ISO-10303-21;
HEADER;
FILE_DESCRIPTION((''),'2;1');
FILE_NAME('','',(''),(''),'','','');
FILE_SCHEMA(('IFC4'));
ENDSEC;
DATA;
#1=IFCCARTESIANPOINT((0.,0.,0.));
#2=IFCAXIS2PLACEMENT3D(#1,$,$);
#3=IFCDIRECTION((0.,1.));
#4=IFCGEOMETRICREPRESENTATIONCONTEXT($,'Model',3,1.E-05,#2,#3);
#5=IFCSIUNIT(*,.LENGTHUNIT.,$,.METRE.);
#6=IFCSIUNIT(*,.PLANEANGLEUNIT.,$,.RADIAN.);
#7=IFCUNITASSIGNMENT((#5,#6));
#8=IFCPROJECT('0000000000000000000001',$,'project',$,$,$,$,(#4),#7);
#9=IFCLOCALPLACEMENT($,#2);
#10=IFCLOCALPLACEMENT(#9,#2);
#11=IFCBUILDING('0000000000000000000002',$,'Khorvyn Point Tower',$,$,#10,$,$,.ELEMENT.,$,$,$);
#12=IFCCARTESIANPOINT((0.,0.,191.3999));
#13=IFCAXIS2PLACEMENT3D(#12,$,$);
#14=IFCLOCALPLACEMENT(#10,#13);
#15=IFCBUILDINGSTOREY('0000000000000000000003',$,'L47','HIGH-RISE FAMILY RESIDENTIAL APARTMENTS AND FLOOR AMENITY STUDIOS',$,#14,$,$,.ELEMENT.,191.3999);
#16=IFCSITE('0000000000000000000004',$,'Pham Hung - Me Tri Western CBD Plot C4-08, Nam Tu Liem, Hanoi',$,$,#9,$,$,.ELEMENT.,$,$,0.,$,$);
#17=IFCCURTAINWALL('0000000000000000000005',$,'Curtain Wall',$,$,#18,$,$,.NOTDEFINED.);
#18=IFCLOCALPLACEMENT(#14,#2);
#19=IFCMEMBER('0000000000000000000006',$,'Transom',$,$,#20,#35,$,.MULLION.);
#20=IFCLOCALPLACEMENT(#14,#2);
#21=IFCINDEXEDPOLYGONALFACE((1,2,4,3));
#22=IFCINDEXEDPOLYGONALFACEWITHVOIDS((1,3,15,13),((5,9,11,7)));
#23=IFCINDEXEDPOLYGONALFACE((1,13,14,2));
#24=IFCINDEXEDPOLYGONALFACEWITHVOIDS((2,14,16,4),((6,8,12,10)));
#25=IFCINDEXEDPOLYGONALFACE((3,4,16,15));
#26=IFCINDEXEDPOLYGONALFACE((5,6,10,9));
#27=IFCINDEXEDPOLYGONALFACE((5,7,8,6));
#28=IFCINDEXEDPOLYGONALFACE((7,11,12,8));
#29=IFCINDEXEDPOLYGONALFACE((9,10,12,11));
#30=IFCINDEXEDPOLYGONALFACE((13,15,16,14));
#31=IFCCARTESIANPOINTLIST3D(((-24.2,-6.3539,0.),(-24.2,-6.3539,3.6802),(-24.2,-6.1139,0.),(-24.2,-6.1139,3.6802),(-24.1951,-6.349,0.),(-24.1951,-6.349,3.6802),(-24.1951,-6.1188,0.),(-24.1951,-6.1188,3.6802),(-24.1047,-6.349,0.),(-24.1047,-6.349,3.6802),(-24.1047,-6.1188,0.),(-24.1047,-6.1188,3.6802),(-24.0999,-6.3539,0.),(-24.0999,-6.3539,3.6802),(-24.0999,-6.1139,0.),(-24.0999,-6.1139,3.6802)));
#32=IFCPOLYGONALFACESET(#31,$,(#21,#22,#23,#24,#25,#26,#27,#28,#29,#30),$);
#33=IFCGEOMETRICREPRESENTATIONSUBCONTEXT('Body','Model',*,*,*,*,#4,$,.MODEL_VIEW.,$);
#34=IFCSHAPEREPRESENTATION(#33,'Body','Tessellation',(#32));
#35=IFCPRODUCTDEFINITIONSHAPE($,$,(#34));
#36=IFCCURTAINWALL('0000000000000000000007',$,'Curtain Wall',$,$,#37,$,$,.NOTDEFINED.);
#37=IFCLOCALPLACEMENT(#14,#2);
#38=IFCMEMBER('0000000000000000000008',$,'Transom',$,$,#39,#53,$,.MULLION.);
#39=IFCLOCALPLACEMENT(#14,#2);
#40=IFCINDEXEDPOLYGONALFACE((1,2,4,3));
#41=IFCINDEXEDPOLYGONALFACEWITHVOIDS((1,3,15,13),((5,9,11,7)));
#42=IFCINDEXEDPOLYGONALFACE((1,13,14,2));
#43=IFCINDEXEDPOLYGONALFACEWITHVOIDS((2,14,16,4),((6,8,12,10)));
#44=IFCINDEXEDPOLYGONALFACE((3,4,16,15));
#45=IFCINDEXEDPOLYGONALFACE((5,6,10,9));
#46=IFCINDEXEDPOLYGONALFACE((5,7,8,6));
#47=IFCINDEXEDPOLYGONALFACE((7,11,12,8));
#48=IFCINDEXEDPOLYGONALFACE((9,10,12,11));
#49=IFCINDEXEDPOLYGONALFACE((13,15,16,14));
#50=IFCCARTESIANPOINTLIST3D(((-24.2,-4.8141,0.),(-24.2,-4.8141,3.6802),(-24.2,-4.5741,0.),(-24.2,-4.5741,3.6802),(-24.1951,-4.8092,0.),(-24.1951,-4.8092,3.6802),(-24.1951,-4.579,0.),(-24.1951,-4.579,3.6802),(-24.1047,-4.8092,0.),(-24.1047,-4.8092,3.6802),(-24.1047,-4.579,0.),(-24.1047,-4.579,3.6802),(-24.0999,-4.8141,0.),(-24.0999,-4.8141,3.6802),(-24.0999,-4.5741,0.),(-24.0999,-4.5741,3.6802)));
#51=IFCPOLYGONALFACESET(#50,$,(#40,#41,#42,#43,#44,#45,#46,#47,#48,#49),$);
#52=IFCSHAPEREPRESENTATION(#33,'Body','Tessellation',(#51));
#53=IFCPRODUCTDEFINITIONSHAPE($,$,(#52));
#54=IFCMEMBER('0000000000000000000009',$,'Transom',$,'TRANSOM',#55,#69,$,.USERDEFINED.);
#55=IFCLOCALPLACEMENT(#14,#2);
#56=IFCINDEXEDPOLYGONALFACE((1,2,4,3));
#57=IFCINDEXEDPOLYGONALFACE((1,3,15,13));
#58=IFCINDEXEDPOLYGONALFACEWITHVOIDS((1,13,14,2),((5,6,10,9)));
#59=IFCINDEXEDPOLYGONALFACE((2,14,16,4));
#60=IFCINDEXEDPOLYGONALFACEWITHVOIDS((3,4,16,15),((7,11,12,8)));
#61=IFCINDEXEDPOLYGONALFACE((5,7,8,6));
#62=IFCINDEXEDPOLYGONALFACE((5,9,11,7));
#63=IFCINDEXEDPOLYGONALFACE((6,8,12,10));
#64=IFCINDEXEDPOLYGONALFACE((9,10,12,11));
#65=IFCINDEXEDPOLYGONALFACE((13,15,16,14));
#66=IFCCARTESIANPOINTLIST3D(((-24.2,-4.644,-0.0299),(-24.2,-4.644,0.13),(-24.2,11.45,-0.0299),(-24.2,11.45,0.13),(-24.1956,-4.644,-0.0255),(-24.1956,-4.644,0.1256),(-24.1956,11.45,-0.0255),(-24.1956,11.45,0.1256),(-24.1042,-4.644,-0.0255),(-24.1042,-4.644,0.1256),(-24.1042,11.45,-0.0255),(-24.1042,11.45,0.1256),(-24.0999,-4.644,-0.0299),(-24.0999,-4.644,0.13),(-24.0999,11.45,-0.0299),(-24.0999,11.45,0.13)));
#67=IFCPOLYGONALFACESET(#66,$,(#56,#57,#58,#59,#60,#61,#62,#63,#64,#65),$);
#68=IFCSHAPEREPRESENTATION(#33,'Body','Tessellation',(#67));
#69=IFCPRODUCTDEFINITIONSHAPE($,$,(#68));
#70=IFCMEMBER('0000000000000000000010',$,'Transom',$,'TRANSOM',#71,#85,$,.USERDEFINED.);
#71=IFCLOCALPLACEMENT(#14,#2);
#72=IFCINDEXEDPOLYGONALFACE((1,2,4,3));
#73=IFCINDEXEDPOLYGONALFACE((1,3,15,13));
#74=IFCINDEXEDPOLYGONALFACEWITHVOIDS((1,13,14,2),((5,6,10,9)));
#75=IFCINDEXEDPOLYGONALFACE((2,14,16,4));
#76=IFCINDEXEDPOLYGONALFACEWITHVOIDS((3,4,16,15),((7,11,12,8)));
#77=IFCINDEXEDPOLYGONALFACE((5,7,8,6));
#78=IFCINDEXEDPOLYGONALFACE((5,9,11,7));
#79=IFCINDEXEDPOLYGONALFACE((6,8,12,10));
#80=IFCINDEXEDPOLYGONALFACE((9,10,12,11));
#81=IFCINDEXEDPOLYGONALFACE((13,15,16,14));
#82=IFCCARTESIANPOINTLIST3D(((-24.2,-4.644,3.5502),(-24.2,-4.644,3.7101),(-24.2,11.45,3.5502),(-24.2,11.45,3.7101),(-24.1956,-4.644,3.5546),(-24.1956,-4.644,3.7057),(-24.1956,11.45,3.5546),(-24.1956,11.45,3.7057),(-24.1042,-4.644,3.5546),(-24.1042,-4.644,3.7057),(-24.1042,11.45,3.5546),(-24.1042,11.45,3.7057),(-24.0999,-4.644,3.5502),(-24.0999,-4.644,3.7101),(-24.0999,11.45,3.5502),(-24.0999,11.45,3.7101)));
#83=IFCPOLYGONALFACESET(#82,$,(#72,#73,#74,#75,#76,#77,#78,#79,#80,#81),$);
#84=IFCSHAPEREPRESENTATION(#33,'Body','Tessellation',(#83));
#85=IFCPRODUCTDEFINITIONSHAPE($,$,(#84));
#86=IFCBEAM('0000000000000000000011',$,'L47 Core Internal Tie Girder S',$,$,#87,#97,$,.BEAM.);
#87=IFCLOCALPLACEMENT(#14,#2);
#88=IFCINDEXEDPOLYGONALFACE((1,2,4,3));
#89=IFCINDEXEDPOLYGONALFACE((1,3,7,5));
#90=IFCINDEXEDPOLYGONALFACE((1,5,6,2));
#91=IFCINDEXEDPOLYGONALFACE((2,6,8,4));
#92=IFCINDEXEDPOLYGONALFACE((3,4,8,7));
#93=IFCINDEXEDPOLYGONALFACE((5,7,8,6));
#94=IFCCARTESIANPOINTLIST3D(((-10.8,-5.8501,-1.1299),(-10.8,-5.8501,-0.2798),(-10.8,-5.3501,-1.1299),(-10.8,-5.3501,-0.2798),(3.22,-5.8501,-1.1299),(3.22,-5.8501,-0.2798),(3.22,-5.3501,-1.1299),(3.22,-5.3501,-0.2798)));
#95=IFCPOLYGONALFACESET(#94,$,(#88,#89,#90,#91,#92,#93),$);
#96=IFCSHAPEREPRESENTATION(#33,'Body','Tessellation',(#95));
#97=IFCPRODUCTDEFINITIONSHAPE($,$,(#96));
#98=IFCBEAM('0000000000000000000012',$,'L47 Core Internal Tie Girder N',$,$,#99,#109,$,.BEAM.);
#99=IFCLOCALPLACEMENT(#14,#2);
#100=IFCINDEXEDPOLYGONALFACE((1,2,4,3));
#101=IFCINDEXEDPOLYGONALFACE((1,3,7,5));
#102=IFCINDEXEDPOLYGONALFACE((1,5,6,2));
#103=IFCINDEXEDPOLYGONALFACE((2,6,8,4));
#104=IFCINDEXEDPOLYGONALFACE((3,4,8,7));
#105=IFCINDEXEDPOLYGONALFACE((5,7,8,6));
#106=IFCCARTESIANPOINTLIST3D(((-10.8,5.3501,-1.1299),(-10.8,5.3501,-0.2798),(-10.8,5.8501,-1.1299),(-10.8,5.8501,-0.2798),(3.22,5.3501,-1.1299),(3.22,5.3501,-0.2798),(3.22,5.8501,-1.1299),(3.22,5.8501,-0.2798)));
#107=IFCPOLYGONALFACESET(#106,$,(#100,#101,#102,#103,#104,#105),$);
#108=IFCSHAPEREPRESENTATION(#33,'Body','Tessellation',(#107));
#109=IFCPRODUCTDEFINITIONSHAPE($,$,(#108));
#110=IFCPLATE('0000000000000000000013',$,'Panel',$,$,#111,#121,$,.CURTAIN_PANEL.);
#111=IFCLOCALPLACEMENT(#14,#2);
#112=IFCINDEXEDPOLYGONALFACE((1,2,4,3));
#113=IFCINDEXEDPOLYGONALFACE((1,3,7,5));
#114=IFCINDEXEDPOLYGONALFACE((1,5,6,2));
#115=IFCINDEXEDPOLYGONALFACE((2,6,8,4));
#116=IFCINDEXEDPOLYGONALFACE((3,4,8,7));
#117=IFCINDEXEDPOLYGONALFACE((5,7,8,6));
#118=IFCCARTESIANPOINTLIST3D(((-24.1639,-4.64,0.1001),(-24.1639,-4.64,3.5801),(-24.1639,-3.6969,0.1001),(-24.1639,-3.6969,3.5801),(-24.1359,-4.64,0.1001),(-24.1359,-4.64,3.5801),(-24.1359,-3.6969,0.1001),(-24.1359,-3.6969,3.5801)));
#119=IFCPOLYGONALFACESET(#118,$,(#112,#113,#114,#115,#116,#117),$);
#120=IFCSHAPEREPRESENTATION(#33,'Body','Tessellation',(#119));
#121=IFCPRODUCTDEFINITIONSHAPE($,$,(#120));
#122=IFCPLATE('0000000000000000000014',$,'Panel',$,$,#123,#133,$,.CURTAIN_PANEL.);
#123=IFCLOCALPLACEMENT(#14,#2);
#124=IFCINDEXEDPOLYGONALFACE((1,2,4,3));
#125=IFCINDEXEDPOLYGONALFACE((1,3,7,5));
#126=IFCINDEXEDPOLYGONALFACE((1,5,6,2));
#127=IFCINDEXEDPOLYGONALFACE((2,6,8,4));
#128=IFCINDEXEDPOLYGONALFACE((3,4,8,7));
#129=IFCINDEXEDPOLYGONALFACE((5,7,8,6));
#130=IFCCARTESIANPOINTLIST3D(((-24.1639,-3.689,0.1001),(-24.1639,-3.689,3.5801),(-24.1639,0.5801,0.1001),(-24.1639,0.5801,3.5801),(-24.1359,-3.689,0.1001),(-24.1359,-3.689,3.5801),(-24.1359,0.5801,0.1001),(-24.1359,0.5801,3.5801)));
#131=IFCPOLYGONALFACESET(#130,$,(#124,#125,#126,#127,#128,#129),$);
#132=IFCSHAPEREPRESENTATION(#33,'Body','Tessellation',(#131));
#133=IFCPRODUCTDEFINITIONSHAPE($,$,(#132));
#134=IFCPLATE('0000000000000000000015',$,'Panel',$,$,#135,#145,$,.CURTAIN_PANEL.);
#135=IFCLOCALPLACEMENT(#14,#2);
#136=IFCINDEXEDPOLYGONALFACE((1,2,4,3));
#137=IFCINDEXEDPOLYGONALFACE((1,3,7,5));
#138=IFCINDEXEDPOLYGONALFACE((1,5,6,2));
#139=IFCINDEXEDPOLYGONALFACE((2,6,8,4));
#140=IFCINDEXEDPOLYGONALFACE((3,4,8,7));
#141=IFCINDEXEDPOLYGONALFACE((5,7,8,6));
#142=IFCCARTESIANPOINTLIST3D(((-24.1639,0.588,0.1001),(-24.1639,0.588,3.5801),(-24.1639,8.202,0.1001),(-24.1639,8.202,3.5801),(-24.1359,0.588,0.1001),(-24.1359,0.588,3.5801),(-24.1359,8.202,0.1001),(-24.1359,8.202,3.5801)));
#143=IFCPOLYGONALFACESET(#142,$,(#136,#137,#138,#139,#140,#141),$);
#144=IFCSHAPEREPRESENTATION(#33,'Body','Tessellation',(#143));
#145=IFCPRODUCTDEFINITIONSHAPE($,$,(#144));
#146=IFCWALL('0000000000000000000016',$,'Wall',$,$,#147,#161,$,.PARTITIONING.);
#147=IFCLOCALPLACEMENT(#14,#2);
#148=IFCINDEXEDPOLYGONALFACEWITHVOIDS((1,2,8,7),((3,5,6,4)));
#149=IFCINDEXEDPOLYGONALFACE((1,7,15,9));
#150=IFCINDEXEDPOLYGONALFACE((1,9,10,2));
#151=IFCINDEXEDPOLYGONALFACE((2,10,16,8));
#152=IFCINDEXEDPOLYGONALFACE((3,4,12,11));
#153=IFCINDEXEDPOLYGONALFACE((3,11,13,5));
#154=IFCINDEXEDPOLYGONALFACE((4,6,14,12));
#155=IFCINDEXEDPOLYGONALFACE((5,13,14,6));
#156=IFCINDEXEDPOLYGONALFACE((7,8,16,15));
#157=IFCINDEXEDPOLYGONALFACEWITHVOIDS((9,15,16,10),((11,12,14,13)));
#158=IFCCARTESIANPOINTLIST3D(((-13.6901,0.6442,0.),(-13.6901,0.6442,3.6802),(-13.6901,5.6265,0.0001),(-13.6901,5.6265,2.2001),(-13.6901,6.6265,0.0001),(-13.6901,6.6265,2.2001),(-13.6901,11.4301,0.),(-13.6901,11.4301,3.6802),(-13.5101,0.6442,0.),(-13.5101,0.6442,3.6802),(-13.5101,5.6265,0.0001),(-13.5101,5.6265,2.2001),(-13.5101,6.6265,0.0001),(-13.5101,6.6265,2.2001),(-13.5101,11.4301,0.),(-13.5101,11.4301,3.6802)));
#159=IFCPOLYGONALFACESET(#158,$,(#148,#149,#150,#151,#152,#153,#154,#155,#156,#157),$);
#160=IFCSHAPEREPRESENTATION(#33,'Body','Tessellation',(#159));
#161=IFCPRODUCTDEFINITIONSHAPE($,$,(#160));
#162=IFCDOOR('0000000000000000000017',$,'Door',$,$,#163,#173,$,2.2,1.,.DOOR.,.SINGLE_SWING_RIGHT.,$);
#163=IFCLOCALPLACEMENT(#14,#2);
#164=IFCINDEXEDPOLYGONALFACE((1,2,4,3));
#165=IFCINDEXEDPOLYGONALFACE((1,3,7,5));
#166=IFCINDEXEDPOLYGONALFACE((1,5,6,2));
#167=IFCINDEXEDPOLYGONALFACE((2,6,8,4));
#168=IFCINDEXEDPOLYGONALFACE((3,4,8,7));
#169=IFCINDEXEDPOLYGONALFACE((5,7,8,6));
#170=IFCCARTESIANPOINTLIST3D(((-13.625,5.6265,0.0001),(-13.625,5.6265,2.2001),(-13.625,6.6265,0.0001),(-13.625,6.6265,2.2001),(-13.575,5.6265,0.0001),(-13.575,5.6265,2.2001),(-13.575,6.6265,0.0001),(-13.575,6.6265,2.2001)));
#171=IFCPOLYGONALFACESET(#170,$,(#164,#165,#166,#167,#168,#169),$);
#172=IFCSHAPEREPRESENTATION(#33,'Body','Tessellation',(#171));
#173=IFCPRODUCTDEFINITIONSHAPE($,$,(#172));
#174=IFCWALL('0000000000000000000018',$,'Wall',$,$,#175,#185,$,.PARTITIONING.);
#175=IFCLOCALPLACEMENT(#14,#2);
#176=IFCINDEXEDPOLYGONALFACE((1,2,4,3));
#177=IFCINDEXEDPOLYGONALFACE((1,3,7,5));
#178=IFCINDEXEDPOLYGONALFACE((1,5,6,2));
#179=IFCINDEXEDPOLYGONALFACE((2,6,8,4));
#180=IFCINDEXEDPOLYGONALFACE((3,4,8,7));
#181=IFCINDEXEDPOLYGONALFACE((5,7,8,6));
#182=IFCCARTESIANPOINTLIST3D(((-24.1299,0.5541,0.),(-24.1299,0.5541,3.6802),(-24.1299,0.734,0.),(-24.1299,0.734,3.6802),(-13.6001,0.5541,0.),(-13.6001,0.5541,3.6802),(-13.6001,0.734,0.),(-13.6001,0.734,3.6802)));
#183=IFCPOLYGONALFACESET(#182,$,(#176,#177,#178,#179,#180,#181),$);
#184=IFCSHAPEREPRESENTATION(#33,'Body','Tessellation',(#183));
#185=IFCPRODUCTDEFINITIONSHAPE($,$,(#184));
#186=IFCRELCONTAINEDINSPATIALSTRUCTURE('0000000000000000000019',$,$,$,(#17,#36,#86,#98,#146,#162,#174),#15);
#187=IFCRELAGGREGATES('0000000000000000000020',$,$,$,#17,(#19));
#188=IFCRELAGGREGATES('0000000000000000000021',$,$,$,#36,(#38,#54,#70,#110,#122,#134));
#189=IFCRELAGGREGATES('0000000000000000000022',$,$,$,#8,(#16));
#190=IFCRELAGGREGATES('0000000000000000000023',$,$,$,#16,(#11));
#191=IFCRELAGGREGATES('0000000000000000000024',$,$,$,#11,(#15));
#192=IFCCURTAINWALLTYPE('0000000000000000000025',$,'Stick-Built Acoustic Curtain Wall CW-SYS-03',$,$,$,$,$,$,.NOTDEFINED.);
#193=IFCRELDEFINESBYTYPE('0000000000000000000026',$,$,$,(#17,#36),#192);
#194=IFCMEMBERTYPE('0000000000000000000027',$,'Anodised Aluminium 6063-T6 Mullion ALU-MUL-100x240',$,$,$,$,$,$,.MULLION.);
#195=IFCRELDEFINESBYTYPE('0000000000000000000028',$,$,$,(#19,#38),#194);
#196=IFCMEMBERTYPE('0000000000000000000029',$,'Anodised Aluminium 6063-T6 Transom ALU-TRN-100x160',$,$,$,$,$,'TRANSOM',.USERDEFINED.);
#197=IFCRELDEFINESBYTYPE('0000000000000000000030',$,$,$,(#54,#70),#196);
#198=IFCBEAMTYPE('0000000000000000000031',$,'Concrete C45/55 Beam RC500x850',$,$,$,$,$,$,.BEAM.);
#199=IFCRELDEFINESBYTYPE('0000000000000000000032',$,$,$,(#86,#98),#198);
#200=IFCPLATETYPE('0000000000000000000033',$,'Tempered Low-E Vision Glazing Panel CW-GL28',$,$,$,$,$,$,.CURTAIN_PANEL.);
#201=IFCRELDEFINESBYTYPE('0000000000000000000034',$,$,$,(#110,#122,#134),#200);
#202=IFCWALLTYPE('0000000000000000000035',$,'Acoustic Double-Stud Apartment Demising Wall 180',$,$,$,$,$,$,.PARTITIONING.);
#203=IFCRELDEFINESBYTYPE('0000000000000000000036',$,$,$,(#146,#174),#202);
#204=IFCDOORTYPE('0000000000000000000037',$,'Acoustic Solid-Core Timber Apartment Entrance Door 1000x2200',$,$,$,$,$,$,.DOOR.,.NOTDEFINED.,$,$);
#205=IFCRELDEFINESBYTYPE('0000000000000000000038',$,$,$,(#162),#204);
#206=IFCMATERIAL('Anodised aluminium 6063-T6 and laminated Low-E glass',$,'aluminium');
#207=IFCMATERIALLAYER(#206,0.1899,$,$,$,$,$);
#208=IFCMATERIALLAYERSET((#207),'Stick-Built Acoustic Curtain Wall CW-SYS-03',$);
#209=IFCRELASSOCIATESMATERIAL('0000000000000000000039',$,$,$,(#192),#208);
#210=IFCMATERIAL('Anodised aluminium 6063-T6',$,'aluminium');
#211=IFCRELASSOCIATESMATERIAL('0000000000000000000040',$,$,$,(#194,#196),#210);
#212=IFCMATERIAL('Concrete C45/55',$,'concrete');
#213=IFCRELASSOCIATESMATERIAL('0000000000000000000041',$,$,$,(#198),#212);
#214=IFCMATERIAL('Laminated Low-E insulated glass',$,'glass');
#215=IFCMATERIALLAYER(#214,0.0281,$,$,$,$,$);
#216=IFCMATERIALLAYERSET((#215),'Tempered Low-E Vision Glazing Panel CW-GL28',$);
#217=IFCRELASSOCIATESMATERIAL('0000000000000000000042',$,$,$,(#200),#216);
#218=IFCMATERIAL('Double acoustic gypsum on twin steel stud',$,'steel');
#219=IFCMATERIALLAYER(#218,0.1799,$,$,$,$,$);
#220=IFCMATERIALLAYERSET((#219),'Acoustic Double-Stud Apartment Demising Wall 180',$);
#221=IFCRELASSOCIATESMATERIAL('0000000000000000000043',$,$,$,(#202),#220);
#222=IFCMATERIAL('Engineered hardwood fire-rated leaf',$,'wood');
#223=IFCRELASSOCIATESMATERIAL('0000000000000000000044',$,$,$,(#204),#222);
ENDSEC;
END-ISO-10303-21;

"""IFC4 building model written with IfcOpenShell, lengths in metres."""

from ifc_helpers import new_model, si_unit, direction, frame, frame_2d, origin, origin_2d, place, context, subcontext, project, spatial, rectangle, hollow_rectangle, extrude, material, layer, layer_set, material_profile, profile_set, type_object, element, fill, aggregate, save


model = new_model("IFC4")

# Units and contexts
model_context = context("Model", 3, precision=1e-05, world=origin(), true_north=direction((0.0, 1.0)))
body_context = subcontext(model_context, "Body", "Model", "MODEL_VIEW")
ifc_project = project(units=[si_unit("LENGTHUNIT", "METRE"), si_unit("PLANEANGLEUNIT", "RADIAN")], contexts=[model_context])

# Site, building, storey
site_placement = place(None, origin())
site = spatial("IfcSite", under=ifc_project, at=site_placement, Name="Pham Hung - Me Tri Western CBD Plot C4-08, Nam Tu Liem, Hanoi", CompositionType="ELEMENT", RefElevation=0.0)
building_placement = place(site_placement, origin())
building = spatial("IfcBuilding", under=site, at=building_placement, Name="Khorvyn Point Tower", CompositionType="ELEMENT")
storey_placement = place(building_placement, frame((0.0, 0.0, 191.3999)))
storey = spatial("IfcBuildingStorey", under=building, at=storey_placement, Name="L47", Description="HIGH-RISE FAMILY RESIDENTIAL APARTMENTS AND FLOOR AMENITY STUDIOS", CompositionType="ELEMENT", Elevation=191.3999)

# Curtain wall, member
ifc_material_1 = material(Name="Anodised aluminium 6063-T6 and laminated Low-E glass", Category="aluminium")
ifc_layer_1 = layer(ifc_material_1, 0.1899)
ifc_layer_set_1 = layer_set([ifc_layer_1], Name="Stick-Built Acoustic Curtain Wall CW-SYS-03")
curtain_wall_type = type_object("IfcCurtainWallType", Name="Stick-Built Acoustic Curtain Wall CW-SYS-03", PredefinedType="NOTDEFINED", material=ifc_layer_set_1)
curtain_wall_1_placement = place(storey_placement, origin())
curtain_wall_1 = element("IfcCurtainWall", 1, at=curtain_wall_1_placement, inside=storey, type_object=curtain_wall_type, Name="Curtain Wall", PredefinedType="NOTDEFINED")
ifc_material_2 = material(Name="Anodised aluminium 6063-T6", Category="aluminium")
ifc_material_profile_1 = material_profile(ifc_material_2, hollow_rectangle(XDim=0.1001, YDim=0.24, WallThickness=0.0049, at=origin_2d()))
ifc_profile_set_1 = profile_set([ifc_material_profile_1], Name="Anodised aluminium 6063-T6 ALU-MUL-100x240")
member_type_1 = type_object("IfcMemberType", Name="Anodised Aluminium 6063-T6 Mullion ALU-MUL-100x240", PredefinedType="MULLION", material=ifc_profile_set_1)
member_1_placement = place(storey_placement, frame((-24.1499, -6.2339, 0.0), z_axis=(0.0, 0.0, 1.0), x_axis=(-1.0, 0.0, 0.0)))
member_1 = element("IfcMember", 2, at=member_1_placement, type_object=member_type_1, Name="Transom", PredefinedType="MULLION", context=body_context, shape_type="SweptSolid", body=[
    extrude(hollow_rectangle(XDim=0.1001, YDim=0.24, WallThickness=0.0049, at=origin_2d()), origin(), (0.0, 0.0, 1.0), 3.6802),
])
aggregate(curtain_wall_1, [member_1])

# Curtain wall, members
curtain_wall_2_placement = place(storey_placement, origin())
curtain_wall_2 = element("IfcCurtainWall", 3, at=curtain_wall_2_placement, inside=storey, type_object=curtain_wall_type, Name="Curtain Wall", PredefinedType="NOTDEFINED")
member_2_placement = place(storey_placement, frame((-24.1499, -4.6941, 0.0), z_axis=(0.0, 0.0, 1.0), x_axis=(-1.0, 0.0, 0.0)))
member_2 = element("IfcMember", 4, at=member_2_placement, type_object=member_type_1, Name="Transom", PredefinedType="MULLION", context=body_context, shape_type="SweptSolid", body=[
    extrude(hollow_rectangle(XDim=0.1001, YDim=0.24, WallThickness=0.0049, at=origin_2d()), origin(), (0.0, 0.0, 1.0), 3.6802),
])
ifc_material_profile_2 = material_profile(ifc_material_2, hollow_rectangle(XDim=0.1001, YDim=0.1599, WallThickness=0.0044, at=origin_2d()))
ifc_profile_set_2 = profile_set([ifc_material_profile_2], Name="Anodised aluminium 6063-T6 ALU-TRN-100x160")
member_type_2 = type_object("IfcMemberType", Name="Anodised Aluminium 6063-T6 Transom ALU-TRN-100x160", ElementType="TRANSOM", PredefinedType="USERDEFINED", material=ifc_profile_set_2)
member_3_placement = place(storey_placement, frame((-24.1499, -4.644, 0.05), z_axis=(0.0, 1.0, 0.0), x_axis=(-1.0, 0.0, 0.0)))
member_3 = element("IfcMember", 5, at=member_3_placement, type_object=member_type_2, Name="Transom", ObjectType="TRANSOM", PredefinedType="USERDEFINED", context=body_context, shape_type="SweptSolid", body=[
    extrude(hollow_rectangle(XDim=0.1001, YDim=0.1599, WallThickness=0.0044, at=origin_2d()), origin(), (0.0, 0.0, 1.0), 16.094),
])
member_4_placement = place(storey_placement, frame((-24.1499, -4.644, 3.6301), z_axis=(0.0, 1.0, 0.0), x_axis=(-1.0, 0.0, 0.0)))
member_4 = element("IfcMember", 6, at=member_4_placement, type_object=member_type_2, Name="Transom", ObjectType="TRANSOM", PredefinedType="USERDEFINED", context=body_context, shape_type="SweptSolid", body=[
    extrude(hollow_rectangle(XDim=0.1001, YDim=0.1599, WallThickness=0.0044, at=origin_2d()), origin(), (0.0, 0.0, 1.0), 16.094),
])

# Beams
ifc_material_3 = material(Name="Concrete C45/55", Category="concrete")
ifc_material_profile_3 = material_profile(ifc_material_3, rectangle(XDim=0.5, YDim=0.8501, at=origin_2d()))
ifc_profile_set_3 = profile_set([ifc_material_profile_3], Name="Concrete C45/55 RC500x850")
beam_type = type_object("IfcBeamType", Name="Concrete C45/55 Beam RC500x850", PredefinedType="BEAM", material=ifc_profile_set_3)
for number, where, z_axis, x_axis, name in (
    (7, (-10.8, -5.6001, -0.7048), (1.0, 0.0, 0.0), (0.0, 1.0, 0.0), "L47 Core Internal Tie Girder S"),
    (8, (-10.8, 5.6001, -0.7048), (1.0, 0.0, 0.0), (0.0, 1.0, 0.0), "L47 Core Internal Tie Girder N"),
):
    element("IfcBeam", number, at=place(storey_placement, frame(where, z_axis=z_axis, x_axis=x_axis)), inside=storey, type_object=beam_type, Name=name, PredefinedType="BEAM", context=body_context, shape_type="SweptSolid", body=[
        extrude(rectangle(XDim=0.5, YDim=0.8501, at=origin_2d()), origin(), (0.0, 0.0, 1.0), 14.02),
    ])

# Plates
ifc_material_4 = material(Name="Laminated Low-E insulated glass", Category="glass")
ifc_layer_2 = layer(ifc_material_4, 0.0281)
ifc_layer_set_2 = layer_set([ifc_layer_2], Name="Tempered Low-E Vision Glazing Panel CW-GL28")
plate_type = type_object("IfcPlateType", Name="Tempered Low-E Vision Glazing Panel CW-GL28", PredefinedType="CURTAIN_PANEL", material=ifc_layer_set_2)
plate_1_placement = place(storey_placement, frame((-24.1499, -4.1685, 0.1001), z_axis=(0.0, 0.0, 1.0), x_axis=(0.0, 1.0, 0.0)))
plate_1 = element("IfcPlate", 9, at=plate_1_placement, type_object=plate_type, Name="Panel", PredefinedType="CURTAIN_PANEL", context=body_context, shape_type="SweptSolid", body=[
    extrude(rectangle(XDim=0.9431, YDim=0.0281, at=origin_2d()), origin(), (0.0, 0.0, 1.0), 3.48),
])
plate_2_placement = place(storey_placement, frame((-24.1499, -1.5544, 0.1001), z_axis=(0.0, 0.0, 1.0), x_axis=(0.0, 1.0, 0.0)))
plate_2 = element("IfcPlate", 10, at=plate_2_placement, type_object=plate_type, Name="Panel", PredefinedType="CURTAIN_PANEL", context=body_context, shape_type="SweptSolid", body=[
    extrude(rectangle(XDim=4.269, YDim=0.0281, at=origin_2d()), origin(), (0.0, 0.0, 1.0), 3.48),
])
plate_3_placement = place(storey_placement, frame((-24.1499, 4.395, 0.1001), z_axis=(0.0, 0.0, 1.0), x_axis=(0.0, 1.0, 0.0)))
plate_3 = element("IfcPlate", 11, at=plate_3_placement, type_object=plate_type, Name="Panel", PredefinedType="CURTAIN_PANEL", context=body_context, shape_type="SweptSolid", body=[
    extrude(rectangle(XDim=7.614, YDim=0.0281, at=origin_2d()), origin(), (0.0, 0.0, 1.0), 3.48),
])
aggregate(curtain_wall_2, [member_2, member_3, member_4, plate_1, plate_2, plate_3])

# Wall, opening, door
ifc_material_5 = material(Name="Double acoustic gypsum on twin steel stud", Category="steel")
ifc_layer_3 = layer(ifc_material_5, 0.1799)
ifc_layer_set_3 = layer_set([ifc_layer_3], Name="Acoustic Double-Stud Apartment Demising Wall 180")
wall_type_1 = type_object("IfcWallType", Name="Acoustic Double-Stud Apartment Demising Wall 180", PredefinedType="PARTITIONING", material=ifc_layer_set_3)
wall_1_placement = place(storey_placement, frame((-13.6001, 0.644, 0.0), z_axis=(0.0, 0.0, 1.0), x_axis=(0.0, 1.0, 0.0)))
wall_1 = element("IfcWall", 12, at=wall_1_placement, inside=storey, type_object=wall_type_1, Name="Wall", PredefinedType="PARTITIONING", context=body_context, shape_type="SweptSolid", body=[
    extrude(rectangle(XDim=10.7859, YDim=0.1799, at=frame_2d((5.3931, 0.0))), origin(), (0.0, 0.0, 1.0), 3.6802),
])
opening_1_placement = place(wall_1_placement, frame((4.9824, 0.0, 0.0)))
opening_1 = element("IfcOpeningElement", 13, at=opening_1_placement, cuts=wall_1, PredefinedType="OPENING", context=body_context, shape_type="SweptSolid", body=[
    extrude(rectangle(XDim=1.0, YDim=2.2, at=frame_2d((0.5, 1.1001))), frame((0.0, 0.0999, 0.0), z_axis=(0.0, -1.0, 0.0), x_axis=(1.0, 0.0, 0.0)), (0.0, 0.0, 1.0), 0.2),
])
ifc_material_6 = material(Name="Engineered hardwood fire-rated leaf", Category="wood")
door_type_1 = type_object("IfcDoorType", Name="Acoustic Solid-Core Timber Apartment Entrance Door 1000x2200", OperationType="NOTDEFINED", PredefinedType="DOOR", material=ifc_material_6)
door_1_placement = place(opening_1_placement, origin())
door_1 = element("IfcDoor", 14, at=door_1_placement, inside=storey, type_object=door_type_1, Name="Door", OperationType="SINGLE_SWING_RIGHT", OverallHeight=2.2, OverallWidth=1.0, PredefinedType="DOOR", context=body_context, shape_type="SweptSolid", body=[
    extrude(rectangle(XDim=1.0, YDim=2.2, at=frame_2d((0.5, 1.1001))), frame((0.0, 0.0249, 0.0), z_axis=(0.0, -1.0, 0.0), x_axis=(1.0, 0.0, 0.0)), (0.0, 0.0, 1.0), 0.05),
])
fill(opening_1, door_1)

# Wall
wall_2_placement = place(storey_placement, frame((-24.1299, 0.644, 0.0), z_axis=(0.0, 0.0, 1.0), x_axis=(1.0, 0.0, 0.0)))
element("IfcWall", 15, at=wall_2_placement, inside=storey, type_object=wall_type_1, Name="Wall", PredefinedType="PARTITIONING", context=body_context, shape_type="SweptSolid", body=[
    extrude(rectangle(XDim=10.5298, YDim=0.1799, at=frame_2d((5.2649, 0.0))), origin(), (0.0, 0.0, 1.0), 3.6802),
])

save(model, "model.ifc")
